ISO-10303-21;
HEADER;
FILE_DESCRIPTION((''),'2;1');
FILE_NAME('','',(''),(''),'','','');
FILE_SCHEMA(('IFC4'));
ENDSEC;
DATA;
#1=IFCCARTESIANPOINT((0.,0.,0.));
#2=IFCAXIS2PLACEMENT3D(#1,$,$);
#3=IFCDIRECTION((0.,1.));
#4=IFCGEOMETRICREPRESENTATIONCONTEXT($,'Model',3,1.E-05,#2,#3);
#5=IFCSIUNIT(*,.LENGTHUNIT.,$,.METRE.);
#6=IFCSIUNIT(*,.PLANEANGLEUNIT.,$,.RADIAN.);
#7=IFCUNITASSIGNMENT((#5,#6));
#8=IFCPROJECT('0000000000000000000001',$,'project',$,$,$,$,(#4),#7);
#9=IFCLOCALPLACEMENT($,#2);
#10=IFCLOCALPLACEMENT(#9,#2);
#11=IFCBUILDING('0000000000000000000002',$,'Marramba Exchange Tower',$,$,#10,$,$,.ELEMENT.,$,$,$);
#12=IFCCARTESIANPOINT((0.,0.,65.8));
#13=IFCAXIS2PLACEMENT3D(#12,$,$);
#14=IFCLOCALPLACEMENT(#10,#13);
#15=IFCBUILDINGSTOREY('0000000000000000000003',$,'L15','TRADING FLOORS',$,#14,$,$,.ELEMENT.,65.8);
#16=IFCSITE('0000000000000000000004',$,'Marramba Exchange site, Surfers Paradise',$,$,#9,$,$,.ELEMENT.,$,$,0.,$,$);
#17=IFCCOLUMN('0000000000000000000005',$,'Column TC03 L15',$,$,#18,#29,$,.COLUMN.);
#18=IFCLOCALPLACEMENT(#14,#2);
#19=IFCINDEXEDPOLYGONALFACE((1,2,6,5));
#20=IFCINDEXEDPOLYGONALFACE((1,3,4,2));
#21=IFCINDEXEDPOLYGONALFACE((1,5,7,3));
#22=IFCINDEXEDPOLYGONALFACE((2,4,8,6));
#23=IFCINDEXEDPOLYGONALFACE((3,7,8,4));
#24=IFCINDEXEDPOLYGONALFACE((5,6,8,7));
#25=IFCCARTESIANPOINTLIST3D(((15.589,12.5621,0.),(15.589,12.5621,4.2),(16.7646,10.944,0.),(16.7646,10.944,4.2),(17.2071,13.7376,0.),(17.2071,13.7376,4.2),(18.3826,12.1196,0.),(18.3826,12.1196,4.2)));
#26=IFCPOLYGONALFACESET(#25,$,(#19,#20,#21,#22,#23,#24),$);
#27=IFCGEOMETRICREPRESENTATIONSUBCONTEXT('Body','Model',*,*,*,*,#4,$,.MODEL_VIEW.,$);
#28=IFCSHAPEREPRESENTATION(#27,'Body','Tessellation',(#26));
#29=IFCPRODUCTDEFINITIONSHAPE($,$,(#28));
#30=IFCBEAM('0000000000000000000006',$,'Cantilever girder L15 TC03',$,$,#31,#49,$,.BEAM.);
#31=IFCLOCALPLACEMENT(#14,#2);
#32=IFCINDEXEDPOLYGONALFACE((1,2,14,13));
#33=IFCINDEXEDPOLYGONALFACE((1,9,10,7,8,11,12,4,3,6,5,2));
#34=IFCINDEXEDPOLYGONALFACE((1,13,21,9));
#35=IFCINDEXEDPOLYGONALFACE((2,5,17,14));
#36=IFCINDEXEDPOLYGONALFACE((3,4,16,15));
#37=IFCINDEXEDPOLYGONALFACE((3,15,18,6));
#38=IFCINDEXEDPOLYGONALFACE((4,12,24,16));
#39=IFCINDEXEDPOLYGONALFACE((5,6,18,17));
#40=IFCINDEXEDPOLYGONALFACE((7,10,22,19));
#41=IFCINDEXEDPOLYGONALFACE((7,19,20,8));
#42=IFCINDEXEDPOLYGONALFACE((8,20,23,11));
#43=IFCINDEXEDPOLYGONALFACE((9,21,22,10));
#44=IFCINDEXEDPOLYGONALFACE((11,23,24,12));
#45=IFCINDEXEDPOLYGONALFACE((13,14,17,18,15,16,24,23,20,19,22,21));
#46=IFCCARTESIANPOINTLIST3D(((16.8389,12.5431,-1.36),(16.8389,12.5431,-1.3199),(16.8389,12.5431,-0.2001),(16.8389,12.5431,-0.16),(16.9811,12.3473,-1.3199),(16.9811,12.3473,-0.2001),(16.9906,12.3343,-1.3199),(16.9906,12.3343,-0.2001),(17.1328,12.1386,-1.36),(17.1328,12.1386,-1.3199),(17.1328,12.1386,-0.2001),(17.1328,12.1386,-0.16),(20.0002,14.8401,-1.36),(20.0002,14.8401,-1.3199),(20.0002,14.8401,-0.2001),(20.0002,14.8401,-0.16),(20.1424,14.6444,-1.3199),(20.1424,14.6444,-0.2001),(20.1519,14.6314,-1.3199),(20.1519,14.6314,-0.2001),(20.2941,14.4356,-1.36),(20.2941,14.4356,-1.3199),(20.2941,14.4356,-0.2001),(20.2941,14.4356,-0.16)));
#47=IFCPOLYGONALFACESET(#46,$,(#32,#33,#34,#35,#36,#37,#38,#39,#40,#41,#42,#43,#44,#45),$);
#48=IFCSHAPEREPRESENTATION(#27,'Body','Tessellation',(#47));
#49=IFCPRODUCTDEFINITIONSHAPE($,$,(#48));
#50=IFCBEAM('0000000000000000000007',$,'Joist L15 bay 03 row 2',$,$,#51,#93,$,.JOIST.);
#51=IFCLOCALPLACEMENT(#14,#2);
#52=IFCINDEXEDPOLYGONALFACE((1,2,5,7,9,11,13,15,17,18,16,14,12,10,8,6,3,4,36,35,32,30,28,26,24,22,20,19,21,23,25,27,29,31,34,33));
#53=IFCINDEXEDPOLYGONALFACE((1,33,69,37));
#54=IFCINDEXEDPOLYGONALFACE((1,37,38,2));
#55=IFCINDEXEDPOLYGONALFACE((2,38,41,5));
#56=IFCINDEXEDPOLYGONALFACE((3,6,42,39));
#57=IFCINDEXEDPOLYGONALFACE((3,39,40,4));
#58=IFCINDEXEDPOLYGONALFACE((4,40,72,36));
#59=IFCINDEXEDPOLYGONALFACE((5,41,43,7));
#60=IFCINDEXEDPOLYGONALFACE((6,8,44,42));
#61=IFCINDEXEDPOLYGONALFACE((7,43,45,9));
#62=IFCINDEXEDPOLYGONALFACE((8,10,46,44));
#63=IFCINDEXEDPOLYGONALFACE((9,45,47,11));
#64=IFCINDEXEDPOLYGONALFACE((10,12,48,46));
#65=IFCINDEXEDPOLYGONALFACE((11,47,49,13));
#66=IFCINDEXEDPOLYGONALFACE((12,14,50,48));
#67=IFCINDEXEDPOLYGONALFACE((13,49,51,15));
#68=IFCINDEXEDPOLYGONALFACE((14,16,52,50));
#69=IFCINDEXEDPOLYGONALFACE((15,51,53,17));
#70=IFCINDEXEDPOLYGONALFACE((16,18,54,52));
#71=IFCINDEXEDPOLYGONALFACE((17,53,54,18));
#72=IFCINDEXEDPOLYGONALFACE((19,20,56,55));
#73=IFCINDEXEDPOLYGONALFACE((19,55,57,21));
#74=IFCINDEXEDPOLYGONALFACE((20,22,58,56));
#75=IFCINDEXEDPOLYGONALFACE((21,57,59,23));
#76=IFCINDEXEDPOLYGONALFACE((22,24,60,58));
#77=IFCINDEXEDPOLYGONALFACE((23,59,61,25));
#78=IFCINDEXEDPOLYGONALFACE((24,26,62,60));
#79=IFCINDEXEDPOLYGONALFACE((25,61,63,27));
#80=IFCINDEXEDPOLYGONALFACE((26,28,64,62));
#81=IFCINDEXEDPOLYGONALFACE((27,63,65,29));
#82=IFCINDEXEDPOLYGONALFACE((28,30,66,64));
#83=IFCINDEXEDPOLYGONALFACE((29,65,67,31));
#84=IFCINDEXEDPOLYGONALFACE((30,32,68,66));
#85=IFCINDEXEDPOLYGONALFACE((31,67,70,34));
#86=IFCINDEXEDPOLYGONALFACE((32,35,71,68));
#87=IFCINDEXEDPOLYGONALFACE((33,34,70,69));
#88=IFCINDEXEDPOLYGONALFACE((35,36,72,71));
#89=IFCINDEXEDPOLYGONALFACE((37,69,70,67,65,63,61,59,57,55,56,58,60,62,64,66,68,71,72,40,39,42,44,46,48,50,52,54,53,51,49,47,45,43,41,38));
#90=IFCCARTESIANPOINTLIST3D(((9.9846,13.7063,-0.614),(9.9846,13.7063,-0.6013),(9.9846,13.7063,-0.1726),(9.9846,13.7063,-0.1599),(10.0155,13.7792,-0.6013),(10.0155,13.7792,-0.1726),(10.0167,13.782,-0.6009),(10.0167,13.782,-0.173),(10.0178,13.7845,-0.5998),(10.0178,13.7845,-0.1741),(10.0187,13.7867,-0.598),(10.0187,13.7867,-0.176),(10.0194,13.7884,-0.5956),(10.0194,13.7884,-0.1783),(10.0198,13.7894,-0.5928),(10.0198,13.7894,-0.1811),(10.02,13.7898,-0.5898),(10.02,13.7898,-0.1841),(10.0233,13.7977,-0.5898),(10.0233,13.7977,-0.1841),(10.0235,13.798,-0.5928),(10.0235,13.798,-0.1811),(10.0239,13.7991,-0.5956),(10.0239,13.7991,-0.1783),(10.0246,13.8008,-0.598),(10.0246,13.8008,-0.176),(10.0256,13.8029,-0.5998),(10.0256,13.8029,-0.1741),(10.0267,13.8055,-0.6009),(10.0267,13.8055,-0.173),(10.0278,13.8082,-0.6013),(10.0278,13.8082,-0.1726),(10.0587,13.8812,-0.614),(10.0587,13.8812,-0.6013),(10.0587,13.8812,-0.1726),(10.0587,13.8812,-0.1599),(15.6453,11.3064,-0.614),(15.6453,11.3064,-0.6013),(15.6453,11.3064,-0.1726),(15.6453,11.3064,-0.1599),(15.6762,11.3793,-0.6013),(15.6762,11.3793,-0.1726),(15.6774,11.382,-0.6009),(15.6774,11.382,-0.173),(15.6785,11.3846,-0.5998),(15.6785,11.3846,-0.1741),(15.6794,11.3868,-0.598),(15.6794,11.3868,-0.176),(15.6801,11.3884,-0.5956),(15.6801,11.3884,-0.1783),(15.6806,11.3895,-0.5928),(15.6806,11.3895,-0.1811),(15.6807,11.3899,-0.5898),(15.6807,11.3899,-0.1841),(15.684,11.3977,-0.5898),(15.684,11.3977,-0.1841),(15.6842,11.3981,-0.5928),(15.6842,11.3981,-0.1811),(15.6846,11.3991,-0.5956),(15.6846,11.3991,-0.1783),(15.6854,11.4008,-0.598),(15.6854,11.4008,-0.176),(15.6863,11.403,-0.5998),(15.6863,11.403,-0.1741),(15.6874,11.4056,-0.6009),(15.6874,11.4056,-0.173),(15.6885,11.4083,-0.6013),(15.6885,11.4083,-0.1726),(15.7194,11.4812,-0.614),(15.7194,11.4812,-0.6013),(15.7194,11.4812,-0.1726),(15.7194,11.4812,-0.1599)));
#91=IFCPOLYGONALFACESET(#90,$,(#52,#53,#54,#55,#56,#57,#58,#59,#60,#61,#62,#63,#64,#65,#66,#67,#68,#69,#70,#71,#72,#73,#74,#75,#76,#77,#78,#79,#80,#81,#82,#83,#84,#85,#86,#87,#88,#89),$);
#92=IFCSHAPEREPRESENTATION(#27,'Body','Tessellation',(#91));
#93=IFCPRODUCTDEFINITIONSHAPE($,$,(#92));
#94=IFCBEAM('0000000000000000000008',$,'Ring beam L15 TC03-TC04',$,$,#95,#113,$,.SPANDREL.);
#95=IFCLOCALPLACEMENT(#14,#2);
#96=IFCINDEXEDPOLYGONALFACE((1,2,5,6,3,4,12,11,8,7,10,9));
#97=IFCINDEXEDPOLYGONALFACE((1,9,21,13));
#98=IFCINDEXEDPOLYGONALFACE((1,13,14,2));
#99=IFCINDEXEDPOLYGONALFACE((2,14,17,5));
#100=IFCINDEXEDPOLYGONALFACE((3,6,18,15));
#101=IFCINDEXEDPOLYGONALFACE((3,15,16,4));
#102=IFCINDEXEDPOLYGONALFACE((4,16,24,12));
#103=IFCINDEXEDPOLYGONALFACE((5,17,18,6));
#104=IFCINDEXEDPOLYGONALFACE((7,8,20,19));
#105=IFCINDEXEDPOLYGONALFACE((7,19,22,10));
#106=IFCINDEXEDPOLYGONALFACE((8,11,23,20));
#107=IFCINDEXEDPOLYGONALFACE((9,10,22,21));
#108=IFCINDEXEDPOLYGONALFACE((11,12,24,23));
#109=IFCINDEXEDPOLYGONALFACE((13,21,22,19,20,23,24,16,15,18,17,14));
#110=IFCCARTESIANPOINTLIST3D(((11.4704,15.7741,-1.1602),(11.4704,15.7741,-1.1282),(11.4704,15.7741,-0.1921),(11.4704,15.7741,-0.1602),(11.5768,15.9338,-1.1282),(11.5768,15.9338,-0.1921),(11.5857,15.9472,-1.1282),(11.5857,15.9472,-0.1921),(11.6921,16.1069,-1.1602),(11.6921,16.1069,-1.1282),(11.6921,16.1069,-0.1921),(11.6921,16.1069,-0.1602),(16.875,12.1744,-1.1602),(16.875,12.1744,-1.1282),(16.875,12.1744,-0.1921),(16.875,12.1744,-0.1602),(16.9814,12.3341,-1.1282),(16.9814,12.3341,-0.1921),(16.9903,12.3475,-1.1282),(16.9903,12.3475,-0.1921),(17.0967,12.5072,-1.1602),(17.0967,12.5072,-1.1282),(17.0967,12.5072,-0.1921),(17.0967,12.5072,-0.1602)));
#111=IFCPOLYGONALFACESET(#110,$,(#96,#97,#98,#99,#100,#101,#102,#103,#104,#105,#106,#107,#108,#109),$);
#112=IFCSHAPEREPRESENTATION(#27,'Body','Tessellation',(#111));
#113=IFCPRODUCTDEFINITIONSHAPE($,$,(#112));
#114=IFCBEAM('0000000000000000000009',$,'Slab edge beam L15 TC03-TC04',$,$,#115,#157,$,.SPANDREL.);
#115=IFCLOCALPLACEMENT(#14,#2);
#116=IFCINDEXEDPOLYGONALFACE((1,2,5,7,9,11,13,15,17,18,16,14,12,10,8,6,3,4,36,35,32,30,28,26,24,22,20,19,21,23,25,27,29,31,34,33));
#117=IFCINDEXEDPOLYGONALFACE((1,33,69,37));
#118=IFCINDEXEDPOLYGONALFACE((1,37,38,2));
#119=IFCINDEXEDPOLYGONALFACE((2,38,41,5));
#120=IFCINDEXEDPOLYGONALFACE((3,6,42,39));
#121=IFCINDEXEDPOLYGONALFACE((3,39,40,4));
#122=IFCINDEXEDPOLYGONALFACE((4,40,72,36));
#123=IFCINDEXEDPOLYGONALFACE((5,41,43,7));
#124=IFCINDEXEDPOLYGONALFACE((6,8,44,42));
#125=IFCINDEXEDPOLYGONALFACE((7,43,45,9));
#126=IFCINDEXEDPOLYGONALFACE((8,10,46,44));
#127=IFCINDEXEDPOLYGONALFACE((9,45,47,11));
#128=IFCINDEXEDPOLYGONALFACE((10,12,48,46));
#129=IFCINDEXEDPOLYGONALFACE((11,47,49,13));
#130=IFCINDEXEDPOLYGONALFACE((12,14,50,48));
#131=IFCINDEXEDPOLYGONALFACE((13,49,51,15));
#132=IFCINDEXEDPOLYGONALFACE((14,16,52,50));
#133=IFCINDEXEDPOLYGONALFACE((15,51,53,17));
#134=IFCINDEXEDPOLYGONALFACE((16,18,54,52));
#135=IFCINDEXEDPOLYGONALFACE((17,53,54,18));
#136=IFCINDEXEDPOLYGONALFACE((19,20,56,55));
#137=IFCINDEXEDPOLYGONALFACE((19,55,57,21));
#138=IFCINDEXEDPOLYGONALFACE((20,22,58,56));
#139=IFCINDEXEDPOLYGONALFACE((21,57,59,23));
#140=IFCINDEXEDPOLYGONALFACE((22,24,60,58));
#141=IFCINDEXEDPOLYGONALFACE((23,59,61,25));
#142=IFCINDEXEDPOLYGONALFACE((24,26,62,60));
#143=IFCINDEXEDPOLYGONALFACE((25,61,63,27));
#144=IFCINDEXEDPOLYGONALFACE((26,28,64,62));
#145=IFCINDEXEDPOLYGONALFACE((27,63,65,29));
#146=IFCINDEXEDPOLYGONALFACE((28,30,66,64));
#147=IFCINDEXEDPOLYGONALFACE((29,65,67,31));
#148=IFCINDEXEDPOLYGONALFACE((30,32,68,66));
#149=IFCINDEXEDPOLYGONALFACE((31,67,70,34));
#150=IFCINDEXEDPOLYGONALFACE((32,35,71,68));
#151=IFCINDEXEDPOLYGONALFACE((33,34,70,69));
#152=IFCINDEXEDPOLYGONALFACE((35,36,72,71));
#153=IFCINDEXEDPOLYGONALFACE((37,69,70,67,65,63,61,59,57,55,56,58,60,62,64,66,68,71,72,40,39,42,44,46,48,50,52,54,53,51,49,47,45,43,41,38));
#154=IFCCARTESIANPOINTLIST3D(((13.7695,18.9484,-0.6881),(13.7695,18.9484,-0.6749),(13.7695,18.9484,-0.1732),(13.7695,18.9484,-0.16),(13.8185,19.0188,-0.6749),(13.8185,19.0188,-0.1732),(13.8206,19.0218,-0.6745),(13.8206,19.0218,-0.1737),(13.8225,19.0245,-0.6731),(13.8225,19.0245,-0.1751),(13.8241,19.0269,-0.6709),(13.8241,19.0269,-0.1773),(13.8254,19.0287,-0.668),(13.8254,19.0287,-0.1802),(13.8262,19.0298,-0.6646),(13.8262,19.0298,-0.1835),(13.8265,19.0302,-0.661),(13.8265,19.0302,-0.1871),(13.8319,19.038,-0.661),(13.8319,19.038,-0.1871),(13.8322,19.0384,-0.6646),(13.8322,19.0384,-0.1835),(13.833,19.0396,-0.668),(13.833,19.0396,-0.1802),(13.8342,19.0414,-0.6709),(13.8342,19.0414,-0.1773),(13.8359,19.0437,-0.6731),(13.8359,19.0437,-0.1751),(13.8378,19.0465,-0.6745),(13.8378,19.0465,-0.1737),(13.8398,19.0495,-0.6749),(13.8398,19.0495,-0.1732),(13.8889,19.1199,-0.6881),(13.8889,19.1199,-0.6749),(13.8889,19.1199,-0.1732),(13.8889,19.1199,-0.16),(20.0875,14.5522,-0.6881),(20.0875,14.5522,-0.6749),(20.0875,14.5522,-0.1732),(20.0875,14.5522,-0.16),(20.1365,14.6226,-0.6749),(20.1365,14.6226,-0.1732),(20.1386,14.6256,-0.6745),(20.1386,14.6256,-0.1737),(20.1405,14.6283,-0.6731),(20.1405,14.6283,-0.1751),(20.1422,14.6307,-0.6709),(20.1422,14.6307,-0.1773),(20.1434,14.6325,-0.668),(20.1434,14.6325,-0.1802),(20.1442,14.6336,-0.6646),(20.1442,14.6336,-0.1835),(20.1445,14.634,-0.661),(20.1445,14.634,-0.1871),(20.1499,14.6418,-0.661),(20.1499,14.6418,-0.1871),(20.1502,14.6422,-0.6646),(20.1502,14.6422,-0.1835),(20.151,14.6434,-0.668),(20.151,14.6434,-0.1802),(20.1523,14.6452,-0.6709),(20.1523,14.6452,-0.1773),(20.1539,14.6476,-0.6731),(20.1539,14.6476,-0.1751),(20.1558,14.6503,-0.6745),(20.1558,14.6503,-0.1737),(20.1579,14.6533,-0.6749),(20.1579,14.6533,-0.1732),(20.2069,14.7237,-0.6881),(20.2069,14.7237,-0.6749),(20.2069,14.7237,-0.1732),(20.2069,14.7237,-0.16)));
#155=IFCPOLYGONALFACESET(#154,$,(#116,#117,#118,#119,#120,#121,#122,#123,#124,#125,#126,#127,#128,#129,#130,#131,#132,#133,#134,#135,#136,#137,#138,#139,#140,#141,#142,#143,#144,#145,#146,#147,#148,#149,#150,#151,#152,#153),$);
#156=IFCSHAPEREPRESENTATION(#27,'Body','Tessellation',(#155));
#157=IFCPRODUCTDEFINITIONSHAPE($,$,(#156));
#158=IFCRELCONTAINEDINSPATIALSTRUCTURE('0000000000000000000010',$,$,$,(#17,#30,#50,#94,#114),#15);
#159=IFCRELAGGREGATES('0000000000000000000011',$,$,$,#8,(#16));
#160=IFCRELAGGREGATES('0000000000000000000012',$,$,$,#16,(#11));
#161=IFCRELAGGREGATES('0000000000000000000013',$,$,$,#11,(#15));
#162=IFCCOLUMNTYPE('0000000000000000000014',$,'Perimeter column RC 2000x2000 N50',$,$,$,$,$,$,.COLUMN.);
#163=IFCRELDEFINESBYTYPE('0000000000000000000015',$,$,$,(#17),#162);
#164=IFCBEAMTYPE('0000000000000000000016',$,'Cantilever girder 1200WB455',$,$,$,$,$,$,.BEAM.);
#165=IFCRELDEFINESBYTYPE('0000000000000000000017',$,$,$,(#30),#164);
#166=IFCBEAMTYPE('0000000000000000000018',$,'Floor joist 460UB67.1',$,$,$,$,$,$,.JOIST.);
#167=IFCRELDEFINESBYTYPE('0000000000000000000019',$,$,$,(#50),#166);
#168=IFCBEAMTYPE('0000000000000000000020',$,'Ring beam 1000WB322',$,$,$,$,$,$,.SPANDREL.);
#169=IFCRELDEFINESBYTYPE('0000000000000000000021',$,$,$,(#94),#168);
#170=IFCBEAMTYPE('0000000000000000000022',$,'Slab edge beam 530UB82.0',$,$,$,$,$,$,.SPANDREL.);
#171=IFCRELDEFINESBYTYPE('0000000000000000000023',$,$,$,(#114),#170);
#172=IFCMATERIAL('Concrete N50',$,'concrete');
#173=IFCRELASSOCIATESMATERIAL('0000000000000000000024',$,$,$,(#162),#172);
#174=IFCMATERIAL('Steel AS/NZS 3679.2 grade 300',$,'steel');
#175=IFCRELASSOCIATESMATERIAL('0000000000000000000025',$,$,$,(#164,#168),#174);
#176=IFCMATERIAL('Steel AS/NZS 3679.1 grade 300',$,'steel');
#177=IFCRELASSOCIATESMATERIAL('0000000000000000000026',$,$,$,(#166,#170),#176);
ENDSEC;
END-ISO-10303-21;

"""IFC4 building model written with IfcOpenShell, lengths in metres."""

from ifc_helpers import new_model, si_unit, direction, frame, origin, origin_2d, place, context, subcontext, project, spatial, rectangle, i_section, extrude, material, material_profile, profile_set, type_object, element, save


model = new_model("IFC4")

# Units and contexts
model_context = context("Model", 3, precision=1e-05, world=origin(), true_north=direction((0.0, 1.0)))
body_context = subcontext(model_context, "Body", "Model", "MODEL_VIEW")
ifc_project = project(units=[si_unit("LENGTHUNIT", "METRE"), si_unit("PLANEANGLEUNIT", "RADIAN")], contexts=[model_context])

# Site, building, storey
site_placement = place(None, origin())
site = spatial("IfcSite", under=ifc_project, at=site_placement, Name="Marramba Exchange site, Surfers Paradise", CompositionType="ELEMENT", RefElevation=0.0)
building_placement = place(site_placement, origin())
building = spatial("IfcBuilding", under=site, at=building_placement, Name="Marramba Exchange Tower", CompositionType="ELEMENT")
storey_placement = place(building_placement, frame((0.0, 0.0, 65.8)))
storey = spatial("IfcBuildingStorey", under=building, at=storey_placement, Name="L15", Description="TRADING FLOORS", CompositionType="ELEMENT", Elevation=65.8)

# Column
ifc_material_1 = material(Name="Concrete N50", Category="concrete")
ifc_material_profile_1 = material_profile(ifc_material_1, rectangle(XDim=2.0, YDim=2.0, at=origin_2d()), Name="RC 2000x2000")
ifc_profile_set_1 = profile_set([ifc_material_profile_1], Name="Concrete N50")
column_type = type_object("IfcColumnType", Name="Perimeter column RC 2000x2000 N50", PredefinedType="COLUMN", material=ifc_profile_set_1)
column_placement = place(storey_placement, frame((16.9858, 12.3408, 0.0), z_axis=(0.0, 0.0, 1.0), x_axis=(0.809017, 0.587785, 0.0)))
element("IfcColumn", 1, at=column_placement, inside=storey, type_object=column_type, Name="Column TC03 L15", PredefinedType="COLUMN", context=body_context, shape_type="SweptSolid", body=[
    extrude(rectangle(XDim=2.0, YDim=2.0, at=origin_2d()), origin(), (0.0, 0.0, 1.0), 4.2),
])

# Beams
ifc_material_2 = material(Name="Steel AS/NZS 3679.2 grade 300", Category="steel")
ifc_material_profile_2 = material_profile(ifc_material_2, i_section(OverallWidth=0.5, OverallDepth=1.2, WebThickness=0.0161, FlangeThickness=0.04, at=origin_2d()), Name="1200WB455")
ifc_profile_set_2 = profile_set([ifc_material_profile_2], Name="Steel AS/NZS 3679.2 grade 300")
beam_type_1 = type_object("IfcBeamType", Name="Cantilever girder 1200WB455", PredefinedType="BEAM", material=ifc_profile_set_2)
beam_1_placement = place(storey_placement, frame((16.9858, 12.3408, -0.76), z_axis=(0.808987, 0.587826, 0.0), x_axis=(-0.587826, 0.808987, 0.0)))
element("IfcBeam", 2, at=beam_1_placement, inside=storey, type_object=beam_type_1, Name="Cantilever girder L15 TC03", PredefinedType="BEAM", context=body_context, shape_type="SweptSolid", body=[
    extrude(i_section(OverallWidth=0.5, OverallDepth=1.2, WebThickness=0.0161, FlangeThickness=0.04, at=origin_2d()), origin(), (0.0, 0.0, 1.0), 3.9077),
])
ifc_material_3 = material(Name="Steel AS/NZS 3679.1 grade 300", Category="steel")
ifc_material_profile_3 = material_profile(ifc_material_3, i_section(OverallWidth=0.1899, OverallDepth=0.4541, WebThickness=0.0085, FlangeThickness=0.0127, FilletRadius=0.0115, at=origin_2d()), Name="460UB67.1")
ifc_profile_set_3 = profile_set([ifc_material_profile_3], Name="Steel AS/NZS 3679.1 grade 300")
beam_type_2 = type_object("IfcBeamType", Name="Floor joist 460UB67.1", PredefinedType="JOIST", material=ifc_profile_set_3)
beam_2_placement = place(storey_placement, frame((15.6824, 11.3938, -0.387), z_axis=(-0.920674, 0.390332, 0.0), x_axis=(-0.390332, -0.920674, 0.0)))
element("IfcBeam", 3, at=beam_2_placement, inside=storey, type_object=beam_type_2, Name="Joist L15 bay 03 row 2", PredefinedType="JOIST", context=body_context, shape_type="SweptSolid", body=[
    extrude(i_section(OverallWidth=0.1899, OverallDepth=0.4541, WebThickness=0.0085, FlangeThickness=0.0127, FilletRadius=0.0115, at=origin_2d()), origin(), (0.0, 0.0, 1.0), 6.1484),
])
ifc_material_profile_4 = material_profile(ifc_material_2, i_section(OverallWidth=0.3999, OverallDepth=1.0, WebThickness=0.0161, FlangeThickness=0.032, at=origin_2d()), Name="1000WB322")
ifc_profile_set_4 = profile_set([ifc_material_profile_4], Name="Steel AS/NZS 3679.2 grade 300")
beam_type_3 = type_object("IfcBeamType", Name="Ring beam 1000WB322", PredefinedType="SPANDREL", material=ifc_profile_set_4)
beam_3_placement = place(storey_placement, frame((16.9858, 12.3408, -0.6602), z_axis=(-0.832293, 0.554336, 0.0), x_axis=(-0.554336, -0.832293, 0.0)))
element("IfcBeam", 4, at=beam_3_placement, inside=storey, type_object=beam_type_3, Name="Ring beam L15 TC03-TC04", PredefinedType="SPANDREL", context=body_context, shape_type="SweptSolid", body=[
    extrude(i_section(OverallWidth=0.3999, OverallDepth=1.0, WebThickness=0.0161, FlangeThickness=0.032, at=origin_2d()), origin(), (0.0, 0.0, 1.0), 6.4937),
])
ifc_material_profile_5 = material_profile(ifc_material_3, i_section(OverallWidth=0.209, OverallDepth=0.5281, WebThickness=0.0095, FlangeThickness=0.0132, FilletRadius=0.0139, at=origin_2d()), Name="530UB82.0")
ifc_profile_set_5 = profile_set([ifc_material_profile_5], Name="Steel AS/NZS 3679.1 grade 300")
beam_type_4 = type_object("IfcBeamType", Name="Slab edge beam 530UB82.0", PredefinedType="SPANDREL", material=ifc_profile_set_5)
beam_4_placement = place(storey_placement, frame((20.1472, 14.6379, -0.4241), z_axis=(-0.820842, 0.571155, 0.0), x_axis=(-0.571155, -0.820842, 0.0)))
element("IfcBeam", 5, at=beam_4_placement, inside=storey, type_object=beam_type_4, Name="Slab edge beam L15 TC03-TC04", PredefinedType="SPANDREL", context=body_context, shape_type="SweptSolid", body=[
    extrude(i_section(OverallWidth=0.209, OverallDepth=0.5281, WebThickness=0.0095, FlangeThickness=0.0132, FilletRadius=0.0139, at=origin_2d()), origin(), (0.0, 0.0, 1.0), 7.697),
])

save(model, "model.ifc")
